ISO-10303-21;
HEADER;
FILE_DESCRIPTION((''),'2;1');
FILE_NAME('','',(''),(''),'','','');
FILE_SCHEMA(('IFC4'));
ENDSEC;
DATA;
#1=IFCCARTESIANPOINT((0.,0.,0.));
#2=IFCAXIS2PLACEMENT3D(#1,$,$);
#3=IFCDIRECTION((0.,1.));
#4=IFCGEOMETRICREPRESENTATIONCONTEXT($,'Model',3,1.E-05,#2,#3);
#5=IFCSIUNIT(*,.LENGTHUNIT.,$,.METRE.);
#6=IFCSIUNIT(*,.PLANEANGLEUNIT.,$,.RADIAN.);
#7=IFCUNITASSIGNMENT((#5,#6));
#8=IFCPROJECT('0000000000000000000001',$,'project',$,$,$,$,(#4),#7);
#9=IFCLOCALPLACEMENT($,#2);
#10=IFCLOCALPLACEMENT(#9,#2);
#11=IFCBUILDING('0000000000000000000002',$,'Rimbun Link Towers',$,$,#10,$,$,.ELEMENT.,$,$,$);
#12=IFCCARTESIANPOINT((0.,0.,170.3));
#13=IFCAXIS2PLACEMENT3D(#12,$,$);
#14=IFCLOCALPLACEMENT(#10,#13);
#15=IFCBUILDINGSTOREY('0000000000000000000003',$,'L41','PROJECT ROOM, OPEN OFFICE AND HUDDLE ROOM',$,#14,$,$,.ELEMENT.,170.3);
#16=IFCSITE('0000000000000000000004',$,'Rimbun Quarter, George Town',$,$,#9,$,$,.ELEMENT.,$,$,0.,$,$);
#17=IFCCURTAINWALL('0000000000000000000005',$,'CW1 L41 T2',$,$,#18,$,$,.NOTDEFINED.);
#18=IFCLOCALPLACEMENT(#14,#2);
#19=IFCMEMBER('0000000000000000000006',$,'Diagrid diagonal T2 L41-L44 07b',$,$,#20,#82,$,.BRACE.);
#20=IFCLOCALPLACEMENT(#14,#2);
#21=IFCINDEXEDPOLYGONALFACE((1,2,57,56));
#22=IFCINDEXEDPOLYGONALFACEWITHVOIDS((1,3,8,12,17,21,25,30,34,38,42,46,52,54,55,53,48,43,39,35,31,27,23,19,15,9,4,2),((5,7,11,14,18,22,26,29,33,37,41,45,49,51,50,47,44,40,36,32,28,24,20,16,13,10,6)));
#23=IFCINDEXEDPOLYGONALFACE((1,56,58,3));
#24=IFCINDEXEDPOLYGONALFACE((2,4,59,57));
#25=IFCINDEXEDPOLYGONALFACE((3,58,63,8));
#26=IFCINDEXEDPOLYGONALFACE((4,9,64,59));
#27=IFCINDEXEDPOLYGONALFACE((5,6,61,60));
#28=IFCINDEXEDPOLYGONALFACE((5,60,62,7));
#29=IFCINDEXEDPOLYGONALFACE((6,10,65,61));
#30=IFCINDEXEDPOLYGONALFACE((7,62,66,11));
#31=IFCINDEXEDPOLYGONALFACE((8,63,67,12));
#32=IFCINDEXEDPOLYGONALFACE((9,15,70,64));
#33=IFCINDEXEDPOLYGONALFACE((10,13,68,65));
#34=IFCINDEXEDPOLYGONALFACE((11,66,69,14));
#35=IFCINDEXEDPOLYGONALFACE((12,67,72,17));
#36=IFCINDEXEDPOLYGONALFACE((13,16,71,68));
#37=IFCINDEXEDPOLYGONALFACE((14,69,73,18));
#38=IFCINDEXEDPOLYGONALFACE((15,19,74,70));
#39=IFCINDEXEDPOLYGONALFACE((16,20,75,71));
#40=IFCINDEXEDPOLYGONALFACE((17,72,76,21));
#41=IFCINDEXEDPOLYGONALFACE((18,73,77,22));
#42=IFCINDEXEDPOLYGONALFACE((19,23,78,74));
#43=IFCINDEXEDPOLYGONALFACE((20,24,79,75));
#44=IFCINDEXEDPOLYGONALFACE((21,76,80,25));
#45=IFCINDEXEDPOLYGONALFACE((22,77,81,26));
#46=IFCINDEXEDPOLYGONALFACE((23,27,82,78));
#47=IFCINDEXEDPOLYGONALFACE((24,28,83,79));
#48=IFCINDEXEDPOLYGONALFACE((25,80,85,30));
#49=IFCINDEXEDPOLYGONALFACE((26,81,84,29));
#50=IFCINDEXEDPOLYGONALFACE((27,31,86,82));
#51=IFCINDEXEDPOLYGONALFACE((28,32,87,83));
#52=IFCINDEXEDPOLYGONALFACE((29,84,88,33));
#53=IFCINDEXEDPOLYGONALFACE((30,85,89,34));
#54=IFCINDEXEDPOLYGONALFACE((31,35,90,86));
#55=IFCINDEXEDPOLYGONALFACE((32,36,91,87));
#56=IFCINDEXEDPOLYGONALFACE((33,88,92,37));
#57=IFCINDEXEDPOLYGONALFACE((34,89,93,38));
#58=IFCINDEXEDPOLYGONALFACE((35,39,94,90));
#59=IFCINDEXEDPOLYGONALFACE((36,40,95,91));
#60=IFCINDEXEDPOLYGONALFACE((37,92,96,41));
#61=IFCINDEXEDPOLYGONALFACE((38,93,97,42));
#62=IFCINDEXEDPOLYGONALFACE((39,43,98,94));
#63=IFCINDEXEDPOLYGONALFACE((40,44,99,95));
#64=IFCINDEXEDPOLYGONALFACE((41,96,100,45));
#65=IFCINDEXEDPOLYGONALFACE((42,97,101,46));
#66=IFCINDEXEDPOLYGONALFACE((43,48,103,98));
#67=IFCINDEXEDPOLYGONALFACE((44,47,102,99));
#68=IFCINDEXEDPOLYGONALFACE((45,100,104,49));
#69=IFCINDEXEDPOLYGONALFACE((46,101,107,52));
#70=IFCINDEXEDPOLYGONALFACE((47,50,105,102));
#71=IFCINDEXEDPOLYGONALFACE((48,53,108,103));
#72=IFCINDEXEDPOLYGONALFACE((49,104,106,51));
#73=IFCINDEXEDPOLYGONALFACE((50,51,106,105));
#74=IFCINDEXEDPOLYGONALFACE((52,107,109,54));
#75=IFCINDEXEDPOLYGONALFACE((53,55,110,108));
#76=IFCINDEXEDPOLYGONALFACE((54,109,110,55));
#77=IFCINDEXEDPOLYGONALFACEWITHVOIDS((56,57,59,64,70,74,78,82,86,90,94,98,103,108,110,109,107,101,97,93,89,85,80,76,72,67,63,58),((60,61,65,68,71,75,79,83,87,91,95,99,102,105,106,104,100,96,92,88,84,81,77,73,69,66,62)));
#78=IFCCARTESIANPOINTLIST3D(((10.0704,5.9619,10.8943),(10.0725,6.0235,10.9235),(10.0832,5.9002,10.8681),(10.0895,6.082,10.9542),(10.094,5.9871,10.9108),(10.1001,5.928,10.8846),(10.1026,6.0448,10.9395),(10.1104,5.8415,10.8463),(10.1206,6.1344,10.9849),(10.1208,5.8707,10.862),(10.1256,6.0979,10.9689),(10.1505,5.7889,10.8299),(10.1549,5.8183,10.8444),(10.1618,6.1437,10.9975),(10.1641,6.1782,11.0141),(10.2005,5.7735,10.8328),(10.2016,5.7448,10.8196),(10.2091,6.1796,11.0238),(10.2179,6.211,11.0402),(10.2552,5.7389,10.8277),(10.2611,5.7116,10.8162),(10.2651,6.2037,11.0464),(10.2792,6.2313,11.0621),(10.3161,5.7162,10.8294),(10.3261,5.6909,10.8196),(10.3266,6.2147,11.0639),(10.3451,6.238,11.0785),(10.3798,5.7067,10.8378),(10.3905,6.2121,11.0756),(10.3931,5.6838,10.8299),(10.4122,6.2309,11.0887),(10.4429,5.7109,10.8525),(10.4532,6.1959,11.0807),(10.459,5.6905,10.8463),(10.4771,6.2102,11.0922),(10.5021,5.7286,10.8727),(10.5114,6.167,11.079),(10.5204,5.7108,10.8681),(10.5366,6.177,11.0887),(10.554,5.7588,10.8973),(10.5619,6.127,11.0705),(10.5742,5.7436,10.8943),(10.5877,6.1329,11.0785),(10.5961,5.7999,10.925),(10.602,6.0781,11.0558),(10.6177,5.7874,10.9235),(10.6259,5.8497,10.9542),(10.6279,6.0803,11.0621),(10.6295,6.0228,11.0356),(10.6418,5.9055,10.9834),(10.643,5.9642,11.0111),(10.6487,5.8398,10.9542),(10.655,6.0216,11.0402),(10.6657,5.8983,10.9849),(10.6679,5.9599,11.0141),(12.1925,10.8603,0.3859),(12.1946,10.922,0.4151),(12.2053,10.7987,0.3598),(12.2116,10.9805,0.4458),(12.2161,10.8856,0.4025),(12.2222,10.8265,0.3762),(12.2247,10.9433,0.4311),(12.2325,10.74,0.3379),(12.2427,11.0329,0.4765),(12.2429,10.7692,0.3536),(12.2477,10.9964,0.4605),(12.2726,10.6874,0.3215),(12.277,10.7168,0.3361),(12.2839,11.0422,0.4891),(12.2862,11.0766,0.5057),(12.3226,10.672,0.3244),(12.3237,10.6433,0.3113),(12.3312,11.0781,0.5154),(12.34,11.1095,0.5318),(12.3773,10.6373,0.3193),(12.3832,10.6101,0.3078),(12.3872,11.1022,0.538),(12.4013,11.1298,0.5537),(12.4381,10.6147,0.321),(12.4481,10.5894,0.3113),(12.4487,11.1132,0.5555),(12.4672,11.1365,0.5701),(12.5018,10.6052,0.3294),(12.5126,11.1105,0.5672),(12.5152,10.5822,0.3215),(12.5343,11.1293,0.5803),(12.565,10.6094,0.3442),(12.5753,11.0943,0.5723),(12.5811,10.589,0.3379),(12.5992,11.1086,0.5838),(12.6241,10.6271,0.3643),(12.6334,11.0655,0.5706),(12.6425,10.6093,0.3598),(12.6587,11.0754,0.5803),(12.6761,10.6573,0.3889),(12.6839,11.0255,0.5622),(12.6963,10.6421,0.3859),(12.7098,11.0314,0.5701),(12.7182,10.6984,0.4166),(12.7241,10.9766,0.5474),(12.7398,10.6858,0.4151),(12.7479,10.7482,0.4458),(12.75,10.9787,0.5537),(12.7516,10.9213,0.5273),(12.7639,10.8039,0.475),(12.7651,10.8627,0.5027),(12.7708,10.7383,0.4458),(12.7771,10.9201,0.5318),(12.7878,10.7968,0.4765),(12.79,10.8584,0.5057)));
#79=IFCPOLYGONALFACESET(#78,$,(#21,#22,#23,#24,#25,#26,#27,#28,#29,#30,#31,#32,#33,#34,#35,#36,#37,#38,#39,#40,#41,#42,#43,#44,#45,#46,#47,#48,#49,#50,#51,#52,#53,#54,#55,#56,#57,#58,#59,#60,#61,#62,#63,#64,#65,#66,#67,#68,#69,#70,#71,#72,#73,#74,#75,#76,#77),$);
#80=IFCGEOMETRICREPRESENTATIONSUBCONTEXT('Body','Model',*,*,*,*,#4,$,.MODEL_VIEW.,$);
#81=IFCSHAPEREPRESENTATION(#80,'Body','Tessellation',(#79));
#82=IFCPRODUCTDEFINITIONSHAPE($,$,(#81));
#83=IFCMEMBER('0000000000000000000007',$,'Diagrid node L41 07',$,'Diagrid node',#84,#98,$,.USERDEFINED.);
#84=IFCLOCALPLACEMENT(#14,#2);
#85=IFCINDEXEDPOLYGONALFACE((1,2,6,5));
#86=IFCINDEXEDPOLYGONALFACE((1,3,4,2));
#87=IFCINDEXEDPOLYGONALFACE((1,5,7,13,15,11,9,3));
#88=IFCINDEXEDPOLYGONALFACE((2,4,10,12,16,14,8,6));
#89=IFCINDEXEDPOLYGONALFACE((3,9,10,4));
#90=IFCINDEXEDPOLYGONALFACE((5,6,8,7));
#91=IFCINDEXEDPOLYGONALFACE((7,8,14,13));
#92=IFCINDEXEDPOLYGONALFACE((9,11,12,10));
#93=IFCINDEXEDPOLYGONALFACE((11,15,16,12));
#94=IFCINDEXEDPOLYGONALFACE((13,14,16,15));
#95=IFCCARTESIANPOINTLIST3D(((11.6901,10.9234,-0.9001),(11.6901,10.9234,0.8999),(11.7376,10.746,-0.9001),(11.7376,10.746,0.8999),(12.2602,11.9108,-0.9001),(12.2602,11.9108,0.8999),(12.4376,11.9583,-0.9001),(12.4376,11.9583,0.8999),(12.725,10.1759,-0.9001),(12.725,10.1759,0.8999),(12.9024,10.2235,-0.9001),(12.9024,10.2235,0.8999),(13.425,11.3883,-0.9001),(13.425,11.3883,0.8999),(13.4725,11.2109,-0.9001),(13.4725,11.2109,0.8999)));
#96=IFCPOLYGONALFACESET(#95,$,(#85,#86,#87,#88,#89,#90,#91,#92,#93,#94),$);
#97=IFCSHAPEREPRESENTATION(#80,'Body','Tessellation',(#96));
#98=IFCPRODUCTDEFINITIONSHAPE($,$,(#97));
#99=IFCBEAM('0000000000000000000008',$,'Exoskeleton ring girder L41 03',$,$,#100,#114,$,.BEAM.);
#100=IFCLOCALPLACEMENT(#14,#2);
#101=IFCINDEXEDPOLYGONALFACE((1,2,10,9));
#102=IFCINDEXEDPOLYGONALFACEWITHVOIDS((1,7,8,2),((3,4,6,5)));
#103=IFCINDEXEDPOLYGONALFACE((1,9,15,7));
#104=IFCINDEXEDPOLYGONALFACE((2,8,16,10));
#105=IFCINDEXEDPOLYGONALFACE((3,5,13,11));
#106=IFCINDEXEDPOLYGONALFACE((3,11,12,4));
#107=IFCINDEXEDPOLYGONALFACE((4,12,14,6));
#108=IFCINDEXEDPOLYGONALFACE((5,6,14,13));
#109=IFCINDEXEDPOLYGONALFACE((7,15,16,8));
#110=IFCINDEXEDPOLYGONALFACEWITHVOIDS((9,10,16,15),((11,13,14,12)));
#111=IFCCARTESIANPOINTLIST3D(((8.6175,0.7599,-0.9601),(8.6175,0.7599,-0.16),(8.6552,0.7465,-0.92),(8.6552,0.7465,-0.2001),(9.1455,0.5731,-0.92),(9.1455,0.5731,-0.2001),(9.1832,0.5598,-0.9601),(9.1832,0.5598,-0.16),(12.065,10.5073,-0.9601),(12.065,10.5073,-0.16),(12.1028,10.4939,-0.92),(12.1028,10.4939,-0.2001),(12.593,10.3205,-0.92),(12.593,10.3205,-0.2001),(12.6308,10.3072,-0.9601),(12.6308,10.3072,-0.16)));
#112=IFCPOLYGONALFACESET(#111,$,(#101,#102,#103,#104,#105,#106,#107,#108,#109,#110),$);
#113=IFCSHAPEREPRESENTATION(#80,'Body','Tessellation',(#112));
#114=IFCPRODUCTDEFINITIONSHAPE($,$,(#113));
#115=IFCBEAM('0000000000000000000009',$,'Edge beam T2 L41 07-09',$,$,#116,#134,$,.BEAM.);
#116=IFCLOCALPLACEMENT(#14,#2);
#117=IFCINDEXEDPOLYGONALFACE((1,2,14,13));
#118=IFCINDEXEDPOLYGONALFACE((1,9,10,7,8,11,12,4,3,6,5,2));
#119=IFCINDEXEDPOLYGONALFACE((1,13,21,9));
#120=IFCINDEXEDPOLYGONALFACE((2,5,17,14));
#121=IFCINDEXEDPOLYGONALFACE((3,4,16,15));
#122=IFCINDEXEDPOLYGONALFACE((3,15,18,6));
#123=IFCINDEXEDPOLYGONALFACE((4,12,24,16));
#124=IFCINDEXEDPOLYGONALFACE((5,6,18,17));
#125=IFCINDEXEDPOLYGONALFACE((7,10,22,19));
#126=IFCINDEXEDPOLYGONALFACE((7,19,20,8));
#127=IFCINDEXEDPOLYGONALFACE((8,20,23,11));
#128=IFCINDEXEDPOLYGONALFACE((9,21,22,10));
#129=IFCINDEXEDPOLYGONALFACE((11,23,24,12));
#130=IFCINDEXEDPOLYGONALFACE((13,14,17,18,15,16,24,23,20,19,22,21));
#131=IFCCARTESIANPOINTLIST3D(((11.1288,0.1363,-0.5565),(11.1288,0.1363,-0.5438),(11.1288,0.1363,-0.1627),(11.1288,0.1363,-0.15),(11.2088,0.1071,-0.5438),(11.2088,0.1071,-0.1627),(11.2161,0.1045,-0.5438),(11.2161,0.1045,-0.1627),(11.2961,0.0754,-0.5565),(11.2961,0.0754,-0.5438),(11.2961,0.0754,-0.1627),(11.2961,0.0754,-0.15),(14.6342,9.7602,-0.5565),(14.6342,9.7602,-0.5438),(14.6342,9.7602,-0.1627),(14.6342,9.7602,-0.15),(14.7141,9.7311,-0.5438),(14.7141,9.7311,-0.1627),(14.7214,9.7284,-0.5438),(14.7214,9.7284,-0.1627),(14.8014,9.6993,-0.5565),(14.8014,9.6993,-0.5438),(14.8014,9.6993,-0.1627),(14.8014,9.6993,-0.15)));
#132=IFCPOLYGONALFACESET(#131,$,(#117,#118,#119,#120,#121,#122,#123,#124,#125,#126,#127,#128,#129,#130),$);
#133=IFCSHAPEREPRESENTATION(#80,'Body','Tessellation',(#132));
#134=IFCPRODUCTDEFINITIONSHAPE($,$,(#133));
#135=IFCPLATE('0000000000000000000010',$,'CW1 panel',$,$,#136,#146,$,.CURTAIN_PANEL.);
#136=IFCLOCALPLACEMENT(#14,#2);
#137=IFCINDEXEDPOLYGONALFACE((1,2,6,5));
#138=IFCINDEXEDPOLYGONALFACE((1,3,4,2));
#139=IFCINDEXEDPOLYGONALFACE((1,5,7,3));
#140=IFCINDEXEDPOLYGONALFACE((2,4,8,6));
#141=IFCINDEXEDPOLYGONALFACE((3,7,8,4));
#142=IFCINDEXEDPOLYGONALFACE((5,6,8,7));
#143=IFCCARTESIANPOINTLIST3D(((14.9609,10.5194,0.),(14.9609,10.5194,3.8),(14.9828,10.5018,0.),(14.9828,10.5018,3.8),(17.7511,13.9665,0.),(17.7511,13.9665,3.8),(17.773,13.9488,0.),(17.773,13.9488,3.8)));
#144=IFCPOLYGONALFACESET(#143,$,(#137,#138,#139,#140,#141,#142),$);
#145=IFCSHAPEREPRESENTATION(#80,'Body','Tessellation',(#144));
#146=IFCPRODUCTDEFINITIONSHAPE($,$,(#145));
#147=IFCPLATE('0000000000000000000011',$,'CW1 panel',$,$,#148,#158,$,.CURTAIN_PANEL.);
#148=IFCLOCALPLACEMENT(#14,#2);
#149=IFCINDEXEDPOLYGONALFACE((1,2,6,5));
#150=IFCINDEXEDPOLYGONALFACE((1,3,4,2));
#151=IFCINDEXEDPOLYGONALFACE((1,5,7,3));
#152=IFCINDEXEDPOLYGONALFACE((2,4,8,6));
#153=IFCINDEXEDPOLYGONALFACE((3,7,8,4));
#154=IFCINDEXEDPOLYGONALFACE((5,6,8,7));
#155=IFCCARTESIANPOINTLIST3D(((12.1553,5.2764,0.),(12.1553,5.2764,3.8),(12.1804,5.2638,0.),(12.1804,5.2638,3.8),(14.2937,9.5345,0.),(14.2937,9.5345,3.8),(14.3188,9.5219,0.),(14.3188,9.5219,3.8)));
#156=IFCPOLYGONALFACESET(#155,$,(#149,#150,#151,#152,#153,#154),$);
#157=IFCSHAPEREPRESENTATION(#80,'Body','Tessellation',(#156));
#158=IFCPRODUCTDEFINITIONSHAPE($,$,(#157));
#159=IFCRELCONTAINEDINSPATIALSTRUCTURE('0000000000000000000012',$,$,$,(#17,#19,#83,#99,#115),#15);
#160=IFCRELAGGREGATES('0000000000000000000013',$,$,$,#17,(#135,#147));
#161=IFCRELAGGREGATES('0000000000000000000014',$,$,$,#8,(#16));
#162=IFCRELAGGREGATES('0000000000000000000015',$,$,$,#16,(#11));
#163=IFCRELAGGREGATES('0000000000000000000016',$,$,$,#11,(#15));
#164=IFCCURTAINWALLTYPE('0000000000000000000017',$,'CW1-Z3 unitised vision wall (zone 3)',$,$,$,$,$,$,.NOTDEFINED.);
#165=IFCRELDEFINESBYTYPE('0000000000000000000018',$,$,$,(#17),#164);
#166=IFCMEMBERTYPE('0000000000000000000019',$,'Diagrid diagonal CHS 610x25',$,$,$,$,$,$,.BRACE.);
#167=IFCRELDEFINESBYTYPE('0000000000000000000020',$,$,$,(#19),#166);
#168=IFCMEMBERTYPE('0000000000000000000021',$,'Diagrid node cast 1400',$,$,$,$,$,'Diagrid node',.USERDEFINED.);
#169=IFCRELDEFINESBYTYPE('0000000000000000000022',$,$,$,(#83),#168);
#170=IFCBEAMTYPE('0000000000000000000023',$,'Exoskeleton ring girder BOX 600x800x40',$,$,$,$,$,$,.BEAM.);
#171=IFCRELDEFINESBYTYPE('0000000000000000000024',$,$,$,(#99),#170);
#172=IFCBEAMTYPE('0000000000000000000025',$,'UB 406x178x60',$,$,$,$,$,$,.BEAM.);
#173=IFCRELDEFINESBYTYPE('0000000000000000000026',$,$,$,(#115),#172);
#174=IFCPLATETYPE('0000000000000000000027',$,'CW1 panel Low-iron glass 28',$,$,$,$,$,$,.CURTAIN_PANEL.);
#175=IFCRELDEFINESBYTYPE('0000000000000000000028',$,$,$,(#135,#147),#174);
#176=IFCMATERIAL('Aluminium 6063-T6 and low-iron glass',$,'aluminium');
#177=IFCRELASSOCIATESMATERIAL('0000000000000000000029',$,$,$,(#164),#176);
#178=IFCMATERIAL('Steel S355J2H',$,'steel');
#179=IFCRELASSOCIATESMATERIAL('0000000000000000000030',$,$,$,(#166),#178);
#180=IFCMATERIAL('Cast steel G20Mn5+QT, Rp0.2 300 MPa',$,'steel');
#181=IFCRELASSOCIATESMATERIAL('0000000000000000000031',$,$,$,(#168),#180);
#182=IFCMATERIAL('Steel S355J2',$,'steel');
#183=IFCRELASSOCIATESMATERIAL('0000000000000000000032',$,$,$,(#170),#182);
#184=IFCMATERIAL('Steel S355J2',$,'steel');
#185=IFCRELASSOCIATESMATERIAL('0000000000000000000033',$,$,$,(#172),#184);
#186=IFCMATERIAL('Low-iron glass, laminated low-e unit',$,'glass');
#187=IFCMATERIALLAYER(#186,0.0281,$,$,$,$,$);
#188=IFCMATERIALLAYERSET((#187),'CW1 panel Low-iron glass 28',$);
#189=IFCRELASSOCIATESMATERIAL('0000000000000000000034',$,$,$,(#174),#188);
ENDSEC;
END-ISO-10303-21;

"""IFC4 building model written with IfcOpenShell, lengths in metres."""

from ifc_helpers import new_model, si_unit, direction, frame, origin, origin_2d, place, context, subcontext, project, spatial, polyline, rectangle, hollow_rectangle, hollow_circle, i_section, outline, extrude, material, layer, layer_set, material_profile, profile_set, type_object, element, aggregate, save


model = new_model("IFC4")

# Units and contexts
model_context = context("Model", 3, precision=1e-05, world=origin(), true_north=direction((0.0, 1.0)))
body_context = subcontext(model_context, "Body", "Model", "MODEL_VIEW")
ifc_project = project(units=[si_unit("LENGTHUNIT", "METRE"), si_unit("PLANEANGLEUNIT", "RADIAN")], contexts=[model_context])

# Site, building, storey
site_placement = place(None, origin())
site = spatial("IfcSite", under=ifc_project, at=site_placement, Name="Rimbun Quarter, George Town", CompositionType="ELEMENT", RefElevation=0.0)
building_placement = place(site_placement, origin())
building = spatial("IfcBuilding", under=site, at=building_placement, Name="Rimbun Link Towers", CompositionType="ELEMENT")
storey_placement = place(building_placement, frame((0.0, 0.0, 170.3)))
storey = spatial("IfcBuildingStorey", under=building, at=storey_placement, Name="L41", Description="PROJECT ROOM, OPEN OFFICE AND HUDDLE ROOM", CompositionType="ELEMENT", Elevation=170.3)

# Curtain wall
ifc_material_1 = material(Name="Aluminium 6063-T6 and low-iron glass", Category="aluminium")
curtain_wall_type = type_object("IfcCurtainWallType", Name="CW1-Z3 unitised vision wall (zone 3)", PredefinedType="NOTDEFINED", material=ifc_material_1)
curtain_wall_placement = place(storey_placement, origin())
curtain_wall = element("IfcCurtainWall", 1, at=curtain_wall_placement, inside=storey, type_object=curtain_wall_type, Name="CW1 L41 T2", PredefinedType="NOTDEFINED")

# Members
ifc_material_2 = material(Name="Steel S355J2H", Category="steel")
ifc_material_profile_1 = material_profile(ifc_material_2, hollow_circle(Radius=0.3047, WallThickness=0.0249, at=origin_2d()), Name="Diagrid diagonal CHS 610x25")
ifc_profile_set_1 = profile_set([ifc_material_profile_1], Name="Steel S355J2H")
member_type_1 = type_object("IfcMemberType", Name="Diagrid diagonal CHS 610x25", PredefinedType="BRACE", material=ifc_profile_set_1)
member_1_placement = place(storey_placement, frame((12.4912, 10.8594, 0.4458), z_axis=(-0.180042, -0.415596, 0.891552), x_axis=(0.917596, -0.397515, 0.0)))
element("IfcMember", 2, at=member_1_placement, inside=storey, type_object=member_type_1, Name="Diagrid diagonal T2 L41-L44 07b", PredefinedType="BRACE", context=body_context, shape_type="SweptSolid", body=[
    extrude(hollow_circle(Radius=0.3047, WallThickness=0.0249, at=origin_2d()), origin(), (0.0, 0.0, 1.0), 11.7866),
])
ifc_material_3 = material(Name="Cast steel G20Mn5+QT, Rp0.2 300 MPa", Category="steel")
ifc_material_profile_2 = material_profile(ifc_material_3, outline(polyline([(0.7, -0.5701), (0.7, 0.5701), (0.5701, 0.7), (-0.5701, 0.7), (-0.7, 0.5701), (-0.7, -0.5701), (-0.5701, -0.7), (0.5701, -0.7), (0.7, -0.5701)])), Name="NODE 1400x1400")
ifc_profile_set_2 = profile_set([ifc_material_profile_2], Name="Cast steel G20Mn5+QT, Rp0.2 300 MPa")
member_type_2 = type_object("IfcMemberType", Name="Diagrid node cast 1400", ElementType="Diagrid node", PredefinedType="USERDEFINED", material=ifc_profile_set_2)
member_2_placement = place(storey_placement, frame((12.5813, 11.0671, -0.9001), z_axis=(0.0, 0.0, 1.0), x_axis=(-0.866025, 0.5, 0.0)))
element("IfcMember", 3, at=member_2_placement, inside=storey, type_object=member_type_2, Name="Diagrid node L41 07", ObjectType="Diagrid node", PredefinedType="USERDEFINED", context=body_context, shape_type="SweptSolid", body=[
    extrude(outline(polyline([(0.7, -0.5701), (0.7, 0.5701), (0.5701, 0.7), (-0.5701, 0.7), (-0.7, 0.5701), (-0.7, -0.5701), (-0.5701, -0.7), (0.5701, -0.7), (0.7, -0.5701)])), origin(), (0.0, 0.0, 1.0), 1.8),
])

# Beams
ifc_material_4 = material(Name="Steel S355J2", Category="steel")
ifc_material_profile_3 = material_profile(ifc_material_4, hollow_rectangle(XDim=0.6001, YDim=0.8, WallThickness=0.04, at=origin_2d()), Name="Exoskeleton ring girder BOX 600x800x40")
ifc_profile_set_3 = profile_set([ifc_material_profile_3], Name="Steel S355J2")
beam_type_1 = type_object("IfcBeamType", Name="Exoskeleton ring girder BOX 600x800x40", PredefinedType="BEAM", material=ifc_profile_set_3)
beam_1_placement = place(storey_placement, frame((12.3479, 10.4072, -0.5601), z_axis=(-0.333446, -0.942769, 0.0), x_axis=(0.942769, -0.333446, 0.0)))
element("IfcBeam", 4, at=beam_1_placement, inside=storey, type_object=beam_type_1, Name="Exoskeleton ring girder L41 03", PredefinedType="BEAM", context=body_context, shape_type="SweptSolid", body=[
    extrude(hollow_rectangle(XDim=0.6001, YDim=0.8, WallThickness=0.04, at=origin_2d()), origin(), (0.0, 0.0, 1.0), 10.3391),
])
ifc_material_5 = material(Name="Steel S355J2", Category="steel")
ifc_material_profile_4 = material_profile(ifc_material_5, i_section(OverallWidth=0.178, OverallDepth=0.4065, WebThickness=0.0078, FlangeThickness=0.0127, at=origin_2d()), Name="UB 406x178x60")
ifc_profile_set_4 = profile_set([ifc_material_profile_4], Name="Steel S355J2")
beam_type_2 = type_object("IfcBeamType", Name="UB 406x178x60", PredefinedType="BEAM", material=ifc_profile_set_4)
beam_2_placement = place(storey_placement, frame((14.7178, 9.7297, -0.3533), z_axis=(-0.342237, -0.939614, 0.0), x_axis=(0.939614, -0.342237, 0.0)))
element("IfcBeam", 5, at=beam_2_placement, inside=storey, type_object=beam_type_2, Name="Edge beam T2 L41 07-09", PredefinedType="BEAM", context=body_context, shape_type="SweptSolid", body=[
    extrude(i_section(OverallWidth=0.178, OverallDepth=0.4065, WebThickness=0.0078, FlangeThickness=0.0127, at=origin_2d()), origin(), (0.0, 0.0, 1.0), 10.2424),
])

# Plates
ifc_material_6 = material(Name="Low-iron glass, laminated low-e unit", Category="glass")
ifc_layer_1 = layer(ifc_material_6, 0.0281)
ifc_layer_set_1 = layer_set([ifc_layer_1], Name="CW1 panel Low-iron glass 28")
plate_type = type_object("IfcPlateType", Name="CW1 panel Low-iron glass 28", PredefinedType="CURTAIN_PANEL", material=ifc_layer_set_1)
plate_1_placement = place(storey_placement, frame((16.3669, 12.2341, 0.0), z_axis=(0.0, 0.0, 1.0), x_axis=(0.629158, 0.777278, 0.0)))
plate_1 = element("IfcPlate", 6, at=plate_1_placement, type_object=plate_type, Name="CW1 panel", PredefinedType="CURTAIN_PANEL", context=body_context, shape_type="SweptSolid", body=[
    extrude(rectangle(XDim=4.4348, YDim=0.0281, at=origin_2d()), origin(), (0.0, 0.0, 1.0), 3.8),
])
plate_2_placement = place(storey_placement, frame((13.2371, 7.3992, 0.0), z_axis=(0.0, 0.0, 1.0), x_axis=(0.448773, 0.893646, 0.0)))
plate_2 = element("IfcPlate", 7, at=plate_2_placement, type_object=plate_type, Name="CW1 panel", PredefinedType="CURTAIN_PANEL", context=body_context, shape_type="SweptSolid", body=[
    extrude(rectangle(XDim=4.7649, YDim=0.0281, at=origin_2d()), origin(), (0.0, 0.0, 1.0), 3.8),
])
aggregate(curtain_wall, [plate_1, plate_2])

save(model, "model.ifc")
